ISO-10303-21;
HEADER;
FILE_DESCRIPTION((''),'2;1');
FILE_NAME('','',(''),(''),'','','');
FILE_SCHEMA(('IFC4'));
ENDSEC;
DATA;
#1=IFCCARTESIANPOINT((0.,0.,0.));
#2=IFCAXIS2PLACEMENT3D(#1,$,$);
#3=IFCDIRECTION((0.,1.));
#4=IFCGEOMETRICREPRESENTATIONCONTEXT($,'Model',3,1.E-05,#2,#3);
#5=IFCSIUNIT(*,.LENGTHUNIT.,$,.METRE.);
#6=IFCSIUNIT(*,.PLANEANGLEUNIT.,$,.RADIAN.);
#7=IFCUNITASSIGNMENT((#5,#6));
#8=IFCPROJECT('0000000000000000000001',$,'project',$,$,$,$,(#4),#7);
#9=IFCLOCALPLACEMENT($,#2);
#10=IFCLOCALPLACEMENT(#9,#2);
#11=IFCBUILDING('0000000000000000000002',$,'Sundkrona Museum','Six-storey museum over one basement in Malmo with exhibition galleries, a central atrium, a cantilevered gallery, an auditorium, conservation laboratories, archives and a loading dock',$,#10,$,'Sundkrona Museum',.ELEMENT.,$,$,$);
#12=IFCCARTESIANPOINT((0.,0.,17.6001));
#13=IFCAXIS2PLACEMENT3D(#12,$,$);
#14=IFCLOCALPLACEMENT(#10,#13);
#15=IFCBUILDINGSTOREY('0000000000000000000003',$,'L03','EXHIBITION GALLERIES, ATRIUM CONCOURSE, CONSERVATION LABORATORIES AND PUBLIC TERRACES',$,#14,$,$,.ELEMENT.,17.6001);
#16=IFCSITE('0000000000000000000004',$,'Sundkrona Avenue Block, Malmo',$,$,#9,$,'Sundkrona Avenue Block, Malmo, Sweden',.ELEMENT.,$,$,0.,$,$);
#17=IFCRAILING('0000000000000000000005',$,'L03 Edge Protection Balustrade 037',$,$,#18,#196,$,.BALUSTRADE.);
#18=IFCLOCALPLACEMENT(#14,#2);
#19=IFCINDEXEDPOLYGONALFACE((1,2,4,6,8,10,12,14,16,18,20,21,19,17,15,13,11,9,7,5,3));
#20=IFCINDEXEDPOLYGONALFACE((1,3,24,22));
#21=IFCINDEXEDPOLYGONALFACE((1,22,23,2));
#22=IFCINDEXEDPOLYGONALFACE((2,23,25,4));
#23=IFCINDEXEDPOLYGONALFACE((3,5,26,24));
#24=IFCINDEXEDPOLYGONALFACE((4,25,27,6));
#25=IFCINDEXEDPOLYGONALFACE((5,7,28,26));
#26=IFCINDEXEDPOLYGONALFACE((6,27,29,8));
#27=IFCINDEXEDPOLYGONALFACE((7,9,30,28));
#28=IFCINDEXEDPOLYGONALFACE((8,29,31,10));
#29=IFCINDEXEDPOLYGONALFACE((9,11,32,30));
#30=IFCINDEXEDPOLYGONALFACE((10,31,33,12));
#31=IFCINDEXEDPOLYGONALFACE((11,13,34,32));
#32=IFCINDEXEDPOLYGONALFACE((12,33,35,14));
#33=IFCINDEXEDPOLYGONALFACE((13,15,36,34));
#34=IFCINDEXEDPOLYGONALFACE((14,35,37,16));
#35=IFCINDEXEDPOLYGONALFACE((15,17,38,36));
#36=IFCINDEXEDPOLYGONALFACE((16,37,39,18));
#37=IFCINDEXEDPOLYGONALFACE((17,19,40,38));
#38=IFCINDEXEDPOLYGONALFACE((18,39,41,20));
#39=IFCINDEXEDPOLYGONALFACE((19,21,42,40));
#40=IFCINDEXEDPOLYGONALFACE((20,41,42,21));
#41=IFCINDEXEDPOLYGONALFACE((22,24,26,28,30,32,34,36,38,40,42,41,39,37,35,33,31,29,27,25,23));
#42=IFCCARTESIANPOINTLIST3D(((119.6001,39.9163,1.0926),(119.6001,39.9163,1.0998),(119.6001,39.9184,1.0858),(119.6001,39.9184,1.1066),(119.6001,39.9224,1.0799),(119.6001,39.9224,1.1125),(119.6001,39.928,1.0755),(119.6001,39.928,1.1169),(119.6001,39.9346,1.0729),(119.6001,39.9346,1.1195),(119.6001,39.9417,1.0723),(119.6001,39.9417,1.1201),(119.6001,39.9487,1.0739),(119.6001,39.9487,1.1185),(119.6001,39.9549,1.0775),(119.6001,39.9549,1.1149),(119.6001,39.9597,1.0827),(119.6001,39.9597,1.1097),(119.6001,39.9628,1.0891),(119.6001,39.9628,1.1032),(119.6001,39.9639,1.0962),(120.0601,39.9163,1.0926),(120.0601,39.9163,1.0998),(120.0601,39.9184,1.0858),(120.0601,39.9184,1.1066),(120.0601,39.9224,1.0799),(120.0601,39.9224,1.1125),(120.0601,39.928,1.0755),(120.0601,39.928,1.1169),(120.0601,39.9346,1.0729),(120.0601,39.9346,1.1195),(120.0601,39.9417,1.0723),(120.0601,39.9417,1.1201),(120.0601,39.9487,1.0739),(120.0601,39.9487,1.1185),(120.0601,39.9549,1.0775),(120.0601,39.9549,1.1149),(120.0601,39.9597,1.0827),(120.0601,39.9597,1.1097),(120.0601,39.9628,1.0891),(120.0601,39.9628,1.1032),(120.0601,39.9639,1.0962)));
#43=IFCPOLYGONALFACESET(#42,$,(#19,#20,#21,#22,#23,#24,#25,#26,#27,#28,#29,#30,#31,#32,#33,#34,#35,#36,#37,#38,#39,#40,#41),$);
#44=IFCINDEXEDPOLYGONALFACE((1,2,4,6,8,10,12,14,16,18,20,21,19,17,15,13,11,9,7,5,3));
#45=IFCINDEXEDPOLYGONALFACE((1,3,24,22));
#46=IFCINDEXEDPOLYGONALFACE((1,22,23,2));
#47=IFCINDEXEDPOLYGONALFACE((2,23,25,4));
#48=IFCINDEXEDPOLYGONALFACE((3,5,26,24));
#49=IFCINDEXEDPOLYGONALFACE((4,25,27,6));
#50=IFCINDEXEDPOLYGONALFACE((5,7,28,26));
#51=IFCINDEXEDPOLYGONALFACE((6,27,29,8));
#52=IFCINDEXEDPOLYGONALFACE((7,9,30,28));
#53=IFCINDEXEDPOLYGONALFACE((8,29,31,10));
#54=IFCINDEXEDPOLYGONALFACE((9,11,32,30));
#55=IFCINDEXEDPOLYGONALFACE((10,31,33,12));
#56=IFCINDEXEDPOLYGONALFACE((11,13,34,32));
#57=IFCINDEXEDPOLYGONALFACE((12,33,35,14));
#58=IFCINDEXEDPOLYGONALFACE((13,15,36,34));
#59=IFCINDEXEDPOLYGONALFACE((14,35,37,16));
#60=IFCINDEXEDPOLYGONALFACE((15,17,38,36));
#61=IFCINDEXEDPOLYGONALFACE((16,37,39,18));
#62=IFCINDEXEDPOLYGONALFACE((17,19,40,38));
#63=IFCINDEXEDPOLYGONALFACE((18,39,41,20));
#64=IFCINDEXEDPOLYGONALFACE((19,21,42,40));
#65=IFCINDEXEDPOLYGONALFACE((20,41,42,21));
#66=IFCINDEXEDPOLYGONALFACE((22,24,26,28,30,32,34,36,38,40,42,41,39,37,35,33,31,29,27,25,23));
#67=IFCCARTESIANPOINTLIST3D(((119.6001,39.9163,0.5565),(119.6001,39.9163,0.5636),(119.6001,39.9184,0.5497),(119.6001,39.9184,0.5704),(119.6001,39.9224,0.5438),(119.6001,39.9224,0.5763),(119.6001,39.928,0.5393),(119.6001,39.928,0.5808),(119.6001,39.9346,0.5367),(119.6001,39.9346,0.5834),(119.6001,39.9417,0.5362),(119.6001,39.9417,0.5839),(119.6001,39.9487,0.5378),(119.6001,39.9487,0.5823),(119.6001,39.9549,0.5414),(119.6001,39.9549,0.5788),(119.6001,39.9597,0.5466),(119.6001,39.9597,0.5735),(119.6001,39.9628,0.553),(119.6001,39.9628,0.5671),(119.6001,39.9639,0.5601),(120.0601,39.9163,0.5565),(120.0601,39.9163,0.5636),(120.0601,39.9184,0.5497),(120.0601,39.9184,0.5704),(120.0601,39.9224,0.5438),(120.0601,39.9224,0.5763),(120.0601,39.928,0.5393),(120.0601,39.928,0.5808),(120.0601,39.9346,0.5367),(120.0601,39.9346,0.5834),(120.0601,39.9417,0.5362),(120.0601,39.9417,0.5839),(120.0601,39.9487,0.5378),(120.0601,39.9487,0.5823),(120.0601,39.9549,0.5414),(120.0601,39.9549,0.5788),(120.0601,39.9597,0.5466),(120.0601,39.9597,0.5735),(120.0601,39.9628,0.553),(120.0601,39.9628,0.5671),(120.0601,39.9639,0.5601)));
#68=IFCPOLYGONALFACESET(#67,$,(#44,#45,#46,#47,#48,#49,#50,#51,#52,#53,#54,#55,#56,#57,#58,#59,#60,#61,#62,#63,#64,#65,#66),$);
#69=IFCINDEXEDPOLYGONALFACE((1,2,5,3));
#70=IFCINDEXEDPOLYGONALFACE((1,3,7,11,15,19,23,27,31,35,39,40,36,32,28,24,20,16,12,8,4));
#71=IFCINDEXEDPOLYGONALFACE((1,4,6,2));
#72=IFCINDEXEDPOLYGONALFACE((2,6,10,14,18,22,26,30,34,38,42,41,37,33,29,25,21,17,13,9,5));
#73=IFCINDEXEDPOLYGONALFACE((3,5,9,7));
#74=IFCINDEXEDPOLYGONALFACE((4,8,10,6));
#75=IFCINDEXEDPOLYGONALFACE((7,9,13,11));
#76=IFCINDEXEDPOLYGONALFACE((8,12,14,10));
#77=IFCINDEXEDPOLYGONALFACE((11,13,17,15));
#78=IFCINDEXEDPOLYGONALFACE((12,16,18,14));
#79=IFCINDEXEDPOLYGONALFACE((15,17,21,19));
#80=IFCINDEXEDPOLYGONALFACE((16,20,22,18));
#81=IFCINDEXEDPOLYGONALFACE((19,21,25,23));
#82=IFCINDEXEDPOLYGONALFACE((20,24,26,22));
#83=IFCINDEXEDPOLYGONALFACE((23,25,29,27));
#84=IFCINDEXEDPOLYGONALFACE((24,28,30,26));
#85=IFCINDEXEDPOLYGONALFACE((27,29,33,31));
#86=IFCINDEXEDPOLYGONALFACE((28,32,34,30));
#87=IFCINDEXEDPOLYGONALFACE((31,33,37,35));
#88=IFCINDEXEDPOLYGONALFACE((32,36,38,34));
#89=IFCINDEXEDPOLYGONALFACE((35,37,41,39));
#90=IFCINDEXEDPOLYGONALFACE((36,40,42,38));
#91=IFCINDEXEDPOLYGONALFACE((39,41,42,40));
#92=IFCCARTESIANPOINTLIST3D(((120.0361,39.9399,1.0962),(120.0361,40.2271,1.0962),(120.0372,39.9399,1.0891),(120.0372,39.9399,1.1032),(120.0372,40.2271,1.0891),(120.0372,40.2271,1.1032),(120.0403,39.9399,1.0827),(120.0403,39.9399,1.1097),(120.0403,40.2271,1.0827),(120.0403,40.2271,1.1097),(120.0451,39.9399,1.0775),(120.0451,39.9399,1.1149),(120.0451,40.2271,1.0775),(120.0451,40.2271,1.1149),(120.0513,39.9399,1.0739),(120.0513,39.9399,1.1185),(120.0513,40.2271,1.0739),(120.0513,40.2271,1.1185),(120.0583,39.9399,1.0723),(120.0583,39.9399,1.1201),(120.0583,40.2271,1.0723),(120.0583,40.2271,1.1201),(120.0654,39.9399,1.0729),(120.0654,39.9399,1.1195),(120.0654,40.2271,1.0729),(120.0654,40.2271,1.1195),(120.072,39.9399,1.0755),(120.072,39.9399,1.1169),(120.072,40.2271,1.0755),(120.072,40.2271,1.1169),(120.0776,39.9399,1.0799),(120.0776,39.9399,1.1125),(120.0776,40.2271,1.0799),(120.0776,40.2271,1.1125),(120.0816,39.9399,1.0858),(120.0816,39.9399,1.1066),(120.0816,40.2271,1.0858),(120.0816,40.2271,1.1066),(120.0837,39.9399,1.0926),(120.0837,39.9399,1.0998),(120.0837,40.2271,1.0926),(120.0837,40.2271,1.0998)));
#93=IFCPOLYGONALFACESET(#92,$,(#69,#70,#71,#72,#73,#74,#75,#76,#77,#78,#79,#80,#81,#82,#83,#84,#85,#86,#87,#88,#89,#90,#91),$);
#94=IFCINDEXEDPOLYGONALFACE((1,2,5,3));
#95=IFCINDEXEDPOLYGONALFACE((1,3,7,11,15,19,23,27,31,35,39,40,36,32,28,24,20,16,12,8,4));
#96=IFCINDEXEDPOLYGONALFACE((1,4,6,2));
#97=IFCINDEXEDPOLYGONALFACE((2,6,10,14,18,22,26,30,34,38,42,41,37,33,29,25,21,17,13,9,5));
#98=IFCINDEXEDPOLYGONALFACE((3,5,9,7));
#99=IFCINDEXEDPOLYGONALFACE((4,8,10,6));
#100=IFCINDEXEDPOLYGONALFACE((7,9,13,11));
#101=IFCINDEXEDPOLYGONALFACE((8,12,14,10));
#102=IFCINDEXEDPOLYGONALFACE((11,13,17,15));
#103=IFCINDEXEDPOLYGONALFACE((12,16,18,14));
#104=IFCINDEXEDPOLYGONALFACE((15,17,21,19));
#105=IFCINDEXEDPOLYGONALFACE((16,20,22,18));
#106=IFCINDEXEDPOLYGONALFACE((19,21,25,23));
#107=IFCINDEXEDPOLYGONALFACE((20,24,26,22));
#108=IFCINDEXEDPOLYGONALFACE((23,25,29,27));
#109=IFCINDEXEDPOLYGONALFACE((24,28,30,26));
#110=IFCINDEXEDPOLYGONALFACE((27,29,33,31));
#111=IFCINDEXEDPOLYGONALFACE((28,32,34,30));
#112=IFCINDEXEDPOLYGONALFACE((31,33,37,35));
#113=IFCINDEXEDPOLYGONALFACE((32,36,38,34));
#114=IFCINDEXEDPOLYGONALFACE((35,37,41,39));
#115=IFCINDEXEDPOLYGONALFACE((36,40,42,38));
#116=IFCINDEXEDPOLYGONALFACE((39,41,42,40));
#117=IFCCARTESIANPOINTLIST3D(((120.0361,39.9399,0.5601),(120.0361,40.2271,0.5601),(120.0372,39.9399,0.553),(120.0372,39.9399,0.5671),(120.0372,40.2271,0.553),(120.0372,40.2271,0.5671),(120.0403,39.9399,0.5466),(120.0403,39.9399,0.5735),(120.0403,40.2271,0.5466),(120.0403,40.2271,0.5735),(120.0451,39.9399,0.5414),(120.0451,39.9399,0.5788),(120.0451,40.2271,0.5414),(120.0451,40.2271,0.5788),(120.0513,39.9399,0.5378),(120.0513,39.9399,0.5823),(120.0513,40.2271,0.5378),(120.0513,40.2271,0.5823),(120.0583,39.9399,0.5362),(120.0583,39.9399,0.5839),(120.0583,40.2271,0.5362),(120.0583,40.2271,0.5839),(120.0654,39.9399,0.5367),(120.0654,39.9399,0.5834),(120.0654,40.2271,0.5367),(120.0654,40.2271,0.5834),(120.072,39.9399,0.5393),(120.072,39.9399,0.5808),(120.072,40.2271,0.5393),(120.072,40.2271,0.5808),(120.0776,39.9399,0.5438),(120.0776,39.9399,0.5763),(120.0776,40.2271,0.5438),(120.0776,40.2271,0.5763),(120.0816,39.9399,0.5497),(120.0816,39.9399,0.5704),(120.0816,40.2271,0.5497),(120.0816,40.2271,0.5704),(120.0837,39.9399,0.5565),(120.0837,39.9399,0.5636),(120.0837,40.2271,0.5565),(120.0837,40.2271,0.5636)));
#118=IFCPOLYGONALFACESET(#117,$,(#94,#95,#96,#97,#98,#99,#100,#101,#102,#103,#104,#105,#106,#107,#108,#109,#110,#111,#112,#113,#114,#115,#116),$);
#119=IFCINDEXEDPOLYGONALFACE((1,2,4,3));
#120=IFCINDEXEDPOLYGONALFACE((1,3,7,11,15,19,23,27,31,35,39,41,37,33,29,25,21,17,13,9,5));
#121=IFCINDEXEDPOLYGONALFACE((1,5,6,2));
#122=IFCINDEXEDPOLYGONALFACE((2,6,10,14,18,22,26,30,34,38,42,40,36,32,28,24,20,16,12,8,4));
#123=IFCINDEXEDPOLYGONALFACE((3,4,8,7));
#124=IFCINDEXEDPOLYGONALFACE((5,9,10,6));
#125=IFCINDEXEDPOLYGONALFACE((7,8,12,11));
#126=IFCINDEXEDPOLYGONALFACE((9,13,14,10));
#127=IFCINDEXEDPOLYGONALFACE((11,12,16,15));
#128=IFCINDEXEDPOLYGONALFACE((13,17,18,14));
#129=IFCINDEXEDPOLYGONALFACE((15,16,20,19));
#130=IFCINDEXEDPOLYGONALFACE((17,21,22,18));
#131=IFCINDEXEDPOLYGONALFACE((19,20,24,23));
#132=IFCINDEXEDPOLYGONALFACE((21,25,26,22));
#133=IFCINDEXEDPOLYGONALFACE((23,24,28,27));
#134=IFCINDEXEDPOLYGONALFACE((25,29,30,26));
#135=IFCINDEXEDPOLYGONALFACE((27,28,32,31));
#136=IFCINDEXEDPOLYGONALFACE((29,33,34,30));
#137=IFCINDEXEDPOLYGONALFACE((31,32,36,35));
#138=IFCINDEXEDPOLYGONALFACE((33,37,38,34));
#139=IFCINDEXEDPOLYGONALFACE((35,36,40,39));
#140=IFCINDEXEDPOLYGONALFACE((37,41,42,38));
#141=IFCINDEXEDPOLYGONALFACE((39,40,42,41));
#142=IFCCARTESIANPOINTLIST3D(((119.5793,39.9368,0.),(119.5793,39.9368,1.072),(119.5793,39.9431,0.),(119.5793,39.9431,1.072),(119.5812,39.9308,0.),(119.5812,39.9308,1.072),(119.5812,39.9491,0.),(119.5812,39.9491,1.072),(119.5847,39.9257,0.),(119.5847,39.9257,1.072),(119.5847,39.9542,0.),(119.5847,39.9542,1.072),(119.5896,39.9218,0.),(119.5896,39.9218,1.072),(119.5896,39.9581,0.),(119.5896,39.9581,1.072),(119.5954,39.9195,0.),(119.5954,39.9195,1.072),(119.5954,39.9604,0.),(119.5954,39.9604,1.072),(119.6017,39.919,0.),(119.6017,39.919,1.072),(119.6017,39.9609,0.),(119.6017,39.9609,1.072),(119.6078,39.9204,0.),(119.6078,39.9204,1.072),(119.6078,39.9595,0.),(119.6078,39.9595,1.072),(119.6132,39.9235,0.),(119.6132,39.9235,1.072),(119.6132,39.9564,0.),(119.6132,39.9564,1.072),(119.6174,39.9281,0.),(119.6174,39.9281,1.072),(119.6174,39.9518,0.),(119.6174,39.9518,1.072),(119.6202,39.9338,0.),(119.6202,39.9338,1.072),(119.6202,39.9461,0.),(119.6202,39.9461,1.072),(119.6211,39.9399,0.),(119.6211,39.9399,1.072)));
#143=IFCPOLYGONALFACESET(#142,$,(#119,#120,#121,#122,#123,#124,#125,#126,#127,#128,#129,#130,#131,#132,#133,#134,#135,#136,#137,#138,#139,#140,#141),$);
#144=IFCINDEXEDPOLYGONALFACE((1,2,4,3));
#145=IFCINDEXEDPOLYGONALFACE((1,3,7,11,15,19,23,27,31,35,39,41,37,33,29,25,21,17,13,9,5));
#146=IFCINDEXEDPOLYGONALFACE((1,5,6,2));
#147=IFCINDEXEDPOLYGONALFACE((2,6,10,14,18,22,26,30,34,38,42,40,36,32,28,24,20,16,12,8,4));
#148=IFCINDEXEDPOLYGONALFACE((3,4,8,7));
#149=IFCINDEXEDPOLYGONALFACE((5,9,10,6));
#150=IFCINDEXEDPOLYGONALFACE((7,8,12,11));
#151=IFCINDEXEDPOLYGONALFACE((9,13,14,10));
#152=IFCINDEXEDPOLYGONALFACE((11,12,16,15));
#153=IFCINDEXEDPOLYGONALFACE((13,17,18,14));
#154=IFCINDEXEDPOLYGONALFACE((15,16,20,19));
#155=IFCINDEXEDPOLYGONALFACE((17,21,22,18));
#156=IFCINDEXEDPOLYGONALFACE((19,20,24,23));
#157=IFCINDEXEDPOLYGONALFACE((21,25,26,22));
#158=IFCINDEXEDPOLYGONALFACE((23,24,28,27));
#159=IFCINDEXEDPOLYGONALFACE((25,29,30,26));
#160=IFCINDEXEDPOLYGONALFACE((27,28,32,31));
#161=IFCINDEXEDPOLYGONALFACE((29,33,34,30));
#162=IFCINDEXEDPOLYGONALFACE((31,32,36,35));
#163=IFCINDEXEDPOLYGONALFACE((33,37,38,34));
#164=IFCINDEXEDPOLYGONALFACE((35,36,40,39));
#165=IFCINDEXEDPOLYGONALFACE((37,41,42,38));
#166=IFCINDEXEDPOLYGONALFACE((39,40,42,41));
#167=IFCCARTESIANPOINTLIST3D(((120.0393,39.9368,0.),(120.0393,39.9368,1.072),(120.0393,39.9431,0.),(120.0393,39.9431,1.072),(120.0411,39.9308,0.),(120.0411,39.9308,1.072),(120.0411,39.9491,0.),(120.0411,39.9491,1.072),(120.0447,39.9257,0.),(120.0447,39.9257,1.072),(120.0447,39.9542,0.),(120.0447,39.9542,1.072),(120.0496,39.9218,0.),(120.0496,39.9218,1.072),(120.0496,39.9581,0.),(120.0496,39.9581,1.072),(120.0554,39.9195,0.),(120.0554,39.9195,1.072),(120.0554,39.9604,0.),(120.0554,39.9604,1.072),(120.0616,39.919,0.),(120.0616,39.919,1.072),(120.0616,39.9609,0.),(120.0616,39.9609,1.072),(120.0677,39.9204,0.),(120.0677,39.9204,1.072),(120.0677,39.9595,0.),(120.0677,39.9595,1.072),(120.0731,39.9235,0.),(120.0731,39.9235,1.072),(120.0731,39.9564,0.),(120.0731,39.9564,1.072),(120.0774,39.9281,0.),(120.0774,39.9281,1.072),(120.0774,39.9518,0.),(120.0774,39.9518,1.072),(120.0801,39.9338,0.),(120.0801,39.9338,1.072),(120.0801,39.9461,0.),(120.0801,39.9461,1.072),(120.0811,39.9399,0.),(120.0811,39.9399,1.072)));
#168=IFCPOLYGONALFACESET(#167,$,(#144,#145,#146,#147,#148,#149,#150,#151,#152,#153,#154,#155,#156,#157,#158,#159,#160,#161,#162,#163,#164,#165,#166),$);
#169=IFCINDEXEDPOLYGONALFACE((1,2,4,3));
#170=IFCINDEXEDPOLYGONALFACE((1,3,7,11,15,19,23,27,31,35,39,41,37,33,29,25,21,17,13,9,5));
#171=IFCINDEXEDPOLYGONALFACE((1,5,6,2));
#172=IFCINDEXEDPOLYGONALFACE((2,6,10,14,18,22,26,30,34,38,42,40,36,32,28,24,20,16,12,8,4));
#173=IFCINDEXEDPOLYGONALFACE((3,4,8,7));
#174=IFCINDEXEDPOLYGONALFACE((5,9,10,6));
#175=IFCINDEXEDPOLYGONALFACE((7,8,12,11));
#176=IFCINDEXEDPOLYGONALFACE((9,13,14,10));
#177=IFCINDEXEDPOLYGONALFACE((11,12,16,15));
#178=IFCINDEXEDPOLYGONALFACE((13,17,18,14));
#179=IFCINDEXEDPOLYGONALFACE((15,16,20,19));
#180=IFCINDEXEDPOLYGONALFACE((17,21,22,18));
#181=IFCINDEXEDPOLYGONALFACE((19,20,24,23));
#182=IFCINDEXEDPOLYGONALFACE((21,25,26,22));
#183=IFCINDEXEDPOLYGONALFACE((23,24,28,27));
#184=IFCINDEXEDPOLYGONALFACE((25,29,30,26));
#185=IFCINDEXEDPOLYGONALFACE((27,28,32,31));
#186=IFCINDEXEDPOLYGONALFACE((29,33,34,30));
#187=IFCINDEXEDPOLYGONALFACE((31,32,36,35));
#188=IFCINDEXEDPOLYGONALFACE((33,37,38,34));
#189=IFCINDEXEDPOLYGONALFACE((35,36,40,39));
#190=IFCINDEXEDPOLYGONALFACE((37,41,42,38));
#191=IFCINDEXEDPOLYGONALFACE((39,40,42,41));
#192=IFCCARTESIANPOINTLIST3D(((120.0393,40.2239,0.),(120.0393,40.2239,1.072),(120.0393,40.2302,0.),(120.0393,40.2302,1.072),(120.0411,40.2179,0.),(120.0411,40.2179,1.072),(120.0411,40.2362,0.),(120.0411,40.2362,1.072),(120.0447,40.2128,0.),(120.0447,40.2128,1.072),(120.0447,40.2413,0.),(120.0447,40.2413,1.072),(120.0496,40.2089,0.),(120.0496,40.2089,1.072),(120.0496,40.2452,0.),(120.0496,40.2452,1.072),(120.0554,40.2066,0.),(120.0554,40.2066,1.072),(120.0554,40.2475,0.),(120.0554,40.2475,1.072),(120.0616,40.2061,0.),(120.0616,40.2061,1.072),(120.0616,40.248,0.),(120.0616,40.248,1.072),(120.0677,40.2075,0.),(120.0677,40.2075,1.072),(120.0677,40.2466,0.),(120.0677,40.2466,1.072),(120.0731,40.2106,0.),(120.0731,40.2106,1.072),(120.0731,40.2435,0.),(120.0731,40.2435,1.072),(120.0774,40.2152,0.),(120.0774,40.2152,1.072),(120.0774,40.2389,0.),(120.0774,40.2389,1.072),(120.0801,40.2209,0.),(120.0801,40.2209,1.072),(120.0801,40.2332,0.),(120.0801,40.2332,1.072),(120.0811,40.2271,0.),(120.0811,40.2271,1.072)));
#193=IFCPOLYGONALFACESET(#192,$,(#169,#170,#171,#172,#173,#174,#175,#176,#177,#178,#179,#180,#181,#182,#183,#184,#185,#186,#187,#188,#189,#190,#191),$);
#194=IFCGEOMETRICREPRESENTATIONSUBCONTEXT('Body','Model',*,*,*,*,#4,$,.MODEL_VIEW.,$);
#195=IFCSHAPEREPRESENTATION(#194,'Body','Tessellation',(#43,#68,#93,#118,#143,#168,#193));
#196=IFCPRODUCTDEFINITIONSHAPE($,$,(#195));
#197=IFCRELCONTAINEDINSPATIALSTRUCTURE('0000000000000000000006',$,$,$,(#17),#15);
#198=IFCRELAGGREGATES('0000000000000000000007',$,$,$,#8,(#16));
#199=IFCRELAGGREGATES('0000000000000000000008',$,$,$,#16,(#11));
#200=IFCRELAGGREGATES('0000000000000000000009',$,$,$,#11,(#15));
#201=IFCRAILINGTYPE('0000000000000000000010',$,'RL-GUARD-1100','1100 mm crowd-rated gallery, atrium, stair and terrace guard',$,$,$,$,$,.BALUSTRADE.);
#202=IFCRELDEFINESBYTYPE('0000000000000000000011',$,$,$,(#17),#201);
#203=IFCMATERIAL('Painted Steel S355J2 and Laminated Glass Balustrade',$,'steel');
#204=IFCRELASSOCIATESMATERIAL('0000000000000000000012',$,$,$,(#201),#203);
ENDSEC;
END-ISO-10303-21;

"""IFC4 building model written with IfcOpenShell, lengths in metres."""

from ifc_helpers import new_model, si_unit, direction, frame, origin, origin_2d, place, context, subcontext, project, spatial, circle, extrude, material, type_object, element, save


model = new_model("IFC4")

# Units and contexts
model_context = context("Model", 3, precision=1e-05, world=origin(), true_north=direction((0.0, 1.0)))
body_context = subcontext(model_context, "Body", "Model", "MODEL_VIEW")
ifc_project = project(units=[si_unit("LENGTHUNIT", "METRE"), si_unit("PLANEANGLEUNIT", "RADIAN")], contexts=[model_context])

# Site, building, storey
site_placement = place(None, origin())
site = spatial("IfcSite", under=ifc_project, at=site_placement, Name="Sundkrona Avenue Block, Malmo", LongName="Sundkrona Avenue Block, Malmo, Sweden", CompositionType="ELEMENT", RefElevation=0.0)
building_placement = place(site_placement, origin())
building = spatial("IfcBuilding", under=site, at=building_placement, Name="Sundkrona Museum", Description="Six-storey museum over one basement in Malmo with exhibition galleries, a central atrium, a cantilevered gallery, an auditorium, conservation laboratories, archives and a loading dock", LongName="Sundkrona Museum", CompositionType="ELEMENT")
storey_placement = place(building_placement, frame((0.0, 0.0, 17.6001)))
storey = spatial("IfcBuildingStorey", under=building, at=storey_placement, Name="L03", Description="EXHIBITION GALLERIES, ATRIUM CONCOURSE, CONSERVATION LABORATORIES AND PUBLIC TERRACES", CompositionType="ELEMENT", Elevation=17.6001)

# Railing
ifc_material_1 = material(Name="Painted Steel S355J2 and Laminated Glass Balustrade", Category="steel")
railing_type = type_object("IfcRailingType", Name="RL-GUARD-1100", Description="1100 mm crowd-rated gallery, atrium, stair and terrace guard", PredefinedType="BALUSTRADE", material=ifc_material_1)
railing_1_placement = place(storey_placement, frame((119.6001, 39.9399, 0.0)))
element("IfcRailing", 1, at=railing_1_placement, inside=storey, type_object=railing_type, Name="L03 Edge Protection Balustrade 037", PredefinedType="BALUSTRADE", context=body_context, shape_type="SweptSolid", body=[
    extrude(circle(Radius=0.0239, at=origin_2d()), frame((0.0, 0.0, 1.0962), z_axis=(1.0, 0.0, 0.0), x_axis=(0.0, 1.0, 0.0)), (0.0, 0.0, 1.0), 0.46),
    extrude(circle(Radius=0.0239, at=origin_2d()), frame((0.0, 0.0, 0.5601), z_axis=(1.0, 0.0, 0.0), x_axis=(0.0, 1.0, 0.0)), (0.0, 0.0, 1.0), 0.46),
    extrude(circle(Radius=0.0239, at=origin_2d()), frame((0.46, 0.0, 1.0962), z_axis=(0.0, 1.0, 0.0), x_axis=(-1.0, 0.0, 0.0)), (0.0, 0.0, 1.0), 0.2871),
    extrude(circle(Radius=0.0239, at=origin_2d()), frame((0.46, 0.0, 0.5601), z_axis=(0.0, 1.0, 0.0), x_axis=(-1.0, 0.0, 0.0)), (0.0, 0.0, 1.0), 0.2871),
    extrude(circle(Radius=0.021, at=origin_2d()), origin(), (0.0, 0.0, 1.0), 1.072),
    extrude(circle(Radius=0.021, at=origin_2d()), frame((0.46, 0.0, 0.0)), (0.0, 0.0, 1.0), 1.072),
    extrude(circle(Radius=0.021, at=origin_2d()), frame((0.46, 0.2871, 0.0)), (0.0, 0.0, 1.0), 1.072),
])

save(model, "model.ifc")
